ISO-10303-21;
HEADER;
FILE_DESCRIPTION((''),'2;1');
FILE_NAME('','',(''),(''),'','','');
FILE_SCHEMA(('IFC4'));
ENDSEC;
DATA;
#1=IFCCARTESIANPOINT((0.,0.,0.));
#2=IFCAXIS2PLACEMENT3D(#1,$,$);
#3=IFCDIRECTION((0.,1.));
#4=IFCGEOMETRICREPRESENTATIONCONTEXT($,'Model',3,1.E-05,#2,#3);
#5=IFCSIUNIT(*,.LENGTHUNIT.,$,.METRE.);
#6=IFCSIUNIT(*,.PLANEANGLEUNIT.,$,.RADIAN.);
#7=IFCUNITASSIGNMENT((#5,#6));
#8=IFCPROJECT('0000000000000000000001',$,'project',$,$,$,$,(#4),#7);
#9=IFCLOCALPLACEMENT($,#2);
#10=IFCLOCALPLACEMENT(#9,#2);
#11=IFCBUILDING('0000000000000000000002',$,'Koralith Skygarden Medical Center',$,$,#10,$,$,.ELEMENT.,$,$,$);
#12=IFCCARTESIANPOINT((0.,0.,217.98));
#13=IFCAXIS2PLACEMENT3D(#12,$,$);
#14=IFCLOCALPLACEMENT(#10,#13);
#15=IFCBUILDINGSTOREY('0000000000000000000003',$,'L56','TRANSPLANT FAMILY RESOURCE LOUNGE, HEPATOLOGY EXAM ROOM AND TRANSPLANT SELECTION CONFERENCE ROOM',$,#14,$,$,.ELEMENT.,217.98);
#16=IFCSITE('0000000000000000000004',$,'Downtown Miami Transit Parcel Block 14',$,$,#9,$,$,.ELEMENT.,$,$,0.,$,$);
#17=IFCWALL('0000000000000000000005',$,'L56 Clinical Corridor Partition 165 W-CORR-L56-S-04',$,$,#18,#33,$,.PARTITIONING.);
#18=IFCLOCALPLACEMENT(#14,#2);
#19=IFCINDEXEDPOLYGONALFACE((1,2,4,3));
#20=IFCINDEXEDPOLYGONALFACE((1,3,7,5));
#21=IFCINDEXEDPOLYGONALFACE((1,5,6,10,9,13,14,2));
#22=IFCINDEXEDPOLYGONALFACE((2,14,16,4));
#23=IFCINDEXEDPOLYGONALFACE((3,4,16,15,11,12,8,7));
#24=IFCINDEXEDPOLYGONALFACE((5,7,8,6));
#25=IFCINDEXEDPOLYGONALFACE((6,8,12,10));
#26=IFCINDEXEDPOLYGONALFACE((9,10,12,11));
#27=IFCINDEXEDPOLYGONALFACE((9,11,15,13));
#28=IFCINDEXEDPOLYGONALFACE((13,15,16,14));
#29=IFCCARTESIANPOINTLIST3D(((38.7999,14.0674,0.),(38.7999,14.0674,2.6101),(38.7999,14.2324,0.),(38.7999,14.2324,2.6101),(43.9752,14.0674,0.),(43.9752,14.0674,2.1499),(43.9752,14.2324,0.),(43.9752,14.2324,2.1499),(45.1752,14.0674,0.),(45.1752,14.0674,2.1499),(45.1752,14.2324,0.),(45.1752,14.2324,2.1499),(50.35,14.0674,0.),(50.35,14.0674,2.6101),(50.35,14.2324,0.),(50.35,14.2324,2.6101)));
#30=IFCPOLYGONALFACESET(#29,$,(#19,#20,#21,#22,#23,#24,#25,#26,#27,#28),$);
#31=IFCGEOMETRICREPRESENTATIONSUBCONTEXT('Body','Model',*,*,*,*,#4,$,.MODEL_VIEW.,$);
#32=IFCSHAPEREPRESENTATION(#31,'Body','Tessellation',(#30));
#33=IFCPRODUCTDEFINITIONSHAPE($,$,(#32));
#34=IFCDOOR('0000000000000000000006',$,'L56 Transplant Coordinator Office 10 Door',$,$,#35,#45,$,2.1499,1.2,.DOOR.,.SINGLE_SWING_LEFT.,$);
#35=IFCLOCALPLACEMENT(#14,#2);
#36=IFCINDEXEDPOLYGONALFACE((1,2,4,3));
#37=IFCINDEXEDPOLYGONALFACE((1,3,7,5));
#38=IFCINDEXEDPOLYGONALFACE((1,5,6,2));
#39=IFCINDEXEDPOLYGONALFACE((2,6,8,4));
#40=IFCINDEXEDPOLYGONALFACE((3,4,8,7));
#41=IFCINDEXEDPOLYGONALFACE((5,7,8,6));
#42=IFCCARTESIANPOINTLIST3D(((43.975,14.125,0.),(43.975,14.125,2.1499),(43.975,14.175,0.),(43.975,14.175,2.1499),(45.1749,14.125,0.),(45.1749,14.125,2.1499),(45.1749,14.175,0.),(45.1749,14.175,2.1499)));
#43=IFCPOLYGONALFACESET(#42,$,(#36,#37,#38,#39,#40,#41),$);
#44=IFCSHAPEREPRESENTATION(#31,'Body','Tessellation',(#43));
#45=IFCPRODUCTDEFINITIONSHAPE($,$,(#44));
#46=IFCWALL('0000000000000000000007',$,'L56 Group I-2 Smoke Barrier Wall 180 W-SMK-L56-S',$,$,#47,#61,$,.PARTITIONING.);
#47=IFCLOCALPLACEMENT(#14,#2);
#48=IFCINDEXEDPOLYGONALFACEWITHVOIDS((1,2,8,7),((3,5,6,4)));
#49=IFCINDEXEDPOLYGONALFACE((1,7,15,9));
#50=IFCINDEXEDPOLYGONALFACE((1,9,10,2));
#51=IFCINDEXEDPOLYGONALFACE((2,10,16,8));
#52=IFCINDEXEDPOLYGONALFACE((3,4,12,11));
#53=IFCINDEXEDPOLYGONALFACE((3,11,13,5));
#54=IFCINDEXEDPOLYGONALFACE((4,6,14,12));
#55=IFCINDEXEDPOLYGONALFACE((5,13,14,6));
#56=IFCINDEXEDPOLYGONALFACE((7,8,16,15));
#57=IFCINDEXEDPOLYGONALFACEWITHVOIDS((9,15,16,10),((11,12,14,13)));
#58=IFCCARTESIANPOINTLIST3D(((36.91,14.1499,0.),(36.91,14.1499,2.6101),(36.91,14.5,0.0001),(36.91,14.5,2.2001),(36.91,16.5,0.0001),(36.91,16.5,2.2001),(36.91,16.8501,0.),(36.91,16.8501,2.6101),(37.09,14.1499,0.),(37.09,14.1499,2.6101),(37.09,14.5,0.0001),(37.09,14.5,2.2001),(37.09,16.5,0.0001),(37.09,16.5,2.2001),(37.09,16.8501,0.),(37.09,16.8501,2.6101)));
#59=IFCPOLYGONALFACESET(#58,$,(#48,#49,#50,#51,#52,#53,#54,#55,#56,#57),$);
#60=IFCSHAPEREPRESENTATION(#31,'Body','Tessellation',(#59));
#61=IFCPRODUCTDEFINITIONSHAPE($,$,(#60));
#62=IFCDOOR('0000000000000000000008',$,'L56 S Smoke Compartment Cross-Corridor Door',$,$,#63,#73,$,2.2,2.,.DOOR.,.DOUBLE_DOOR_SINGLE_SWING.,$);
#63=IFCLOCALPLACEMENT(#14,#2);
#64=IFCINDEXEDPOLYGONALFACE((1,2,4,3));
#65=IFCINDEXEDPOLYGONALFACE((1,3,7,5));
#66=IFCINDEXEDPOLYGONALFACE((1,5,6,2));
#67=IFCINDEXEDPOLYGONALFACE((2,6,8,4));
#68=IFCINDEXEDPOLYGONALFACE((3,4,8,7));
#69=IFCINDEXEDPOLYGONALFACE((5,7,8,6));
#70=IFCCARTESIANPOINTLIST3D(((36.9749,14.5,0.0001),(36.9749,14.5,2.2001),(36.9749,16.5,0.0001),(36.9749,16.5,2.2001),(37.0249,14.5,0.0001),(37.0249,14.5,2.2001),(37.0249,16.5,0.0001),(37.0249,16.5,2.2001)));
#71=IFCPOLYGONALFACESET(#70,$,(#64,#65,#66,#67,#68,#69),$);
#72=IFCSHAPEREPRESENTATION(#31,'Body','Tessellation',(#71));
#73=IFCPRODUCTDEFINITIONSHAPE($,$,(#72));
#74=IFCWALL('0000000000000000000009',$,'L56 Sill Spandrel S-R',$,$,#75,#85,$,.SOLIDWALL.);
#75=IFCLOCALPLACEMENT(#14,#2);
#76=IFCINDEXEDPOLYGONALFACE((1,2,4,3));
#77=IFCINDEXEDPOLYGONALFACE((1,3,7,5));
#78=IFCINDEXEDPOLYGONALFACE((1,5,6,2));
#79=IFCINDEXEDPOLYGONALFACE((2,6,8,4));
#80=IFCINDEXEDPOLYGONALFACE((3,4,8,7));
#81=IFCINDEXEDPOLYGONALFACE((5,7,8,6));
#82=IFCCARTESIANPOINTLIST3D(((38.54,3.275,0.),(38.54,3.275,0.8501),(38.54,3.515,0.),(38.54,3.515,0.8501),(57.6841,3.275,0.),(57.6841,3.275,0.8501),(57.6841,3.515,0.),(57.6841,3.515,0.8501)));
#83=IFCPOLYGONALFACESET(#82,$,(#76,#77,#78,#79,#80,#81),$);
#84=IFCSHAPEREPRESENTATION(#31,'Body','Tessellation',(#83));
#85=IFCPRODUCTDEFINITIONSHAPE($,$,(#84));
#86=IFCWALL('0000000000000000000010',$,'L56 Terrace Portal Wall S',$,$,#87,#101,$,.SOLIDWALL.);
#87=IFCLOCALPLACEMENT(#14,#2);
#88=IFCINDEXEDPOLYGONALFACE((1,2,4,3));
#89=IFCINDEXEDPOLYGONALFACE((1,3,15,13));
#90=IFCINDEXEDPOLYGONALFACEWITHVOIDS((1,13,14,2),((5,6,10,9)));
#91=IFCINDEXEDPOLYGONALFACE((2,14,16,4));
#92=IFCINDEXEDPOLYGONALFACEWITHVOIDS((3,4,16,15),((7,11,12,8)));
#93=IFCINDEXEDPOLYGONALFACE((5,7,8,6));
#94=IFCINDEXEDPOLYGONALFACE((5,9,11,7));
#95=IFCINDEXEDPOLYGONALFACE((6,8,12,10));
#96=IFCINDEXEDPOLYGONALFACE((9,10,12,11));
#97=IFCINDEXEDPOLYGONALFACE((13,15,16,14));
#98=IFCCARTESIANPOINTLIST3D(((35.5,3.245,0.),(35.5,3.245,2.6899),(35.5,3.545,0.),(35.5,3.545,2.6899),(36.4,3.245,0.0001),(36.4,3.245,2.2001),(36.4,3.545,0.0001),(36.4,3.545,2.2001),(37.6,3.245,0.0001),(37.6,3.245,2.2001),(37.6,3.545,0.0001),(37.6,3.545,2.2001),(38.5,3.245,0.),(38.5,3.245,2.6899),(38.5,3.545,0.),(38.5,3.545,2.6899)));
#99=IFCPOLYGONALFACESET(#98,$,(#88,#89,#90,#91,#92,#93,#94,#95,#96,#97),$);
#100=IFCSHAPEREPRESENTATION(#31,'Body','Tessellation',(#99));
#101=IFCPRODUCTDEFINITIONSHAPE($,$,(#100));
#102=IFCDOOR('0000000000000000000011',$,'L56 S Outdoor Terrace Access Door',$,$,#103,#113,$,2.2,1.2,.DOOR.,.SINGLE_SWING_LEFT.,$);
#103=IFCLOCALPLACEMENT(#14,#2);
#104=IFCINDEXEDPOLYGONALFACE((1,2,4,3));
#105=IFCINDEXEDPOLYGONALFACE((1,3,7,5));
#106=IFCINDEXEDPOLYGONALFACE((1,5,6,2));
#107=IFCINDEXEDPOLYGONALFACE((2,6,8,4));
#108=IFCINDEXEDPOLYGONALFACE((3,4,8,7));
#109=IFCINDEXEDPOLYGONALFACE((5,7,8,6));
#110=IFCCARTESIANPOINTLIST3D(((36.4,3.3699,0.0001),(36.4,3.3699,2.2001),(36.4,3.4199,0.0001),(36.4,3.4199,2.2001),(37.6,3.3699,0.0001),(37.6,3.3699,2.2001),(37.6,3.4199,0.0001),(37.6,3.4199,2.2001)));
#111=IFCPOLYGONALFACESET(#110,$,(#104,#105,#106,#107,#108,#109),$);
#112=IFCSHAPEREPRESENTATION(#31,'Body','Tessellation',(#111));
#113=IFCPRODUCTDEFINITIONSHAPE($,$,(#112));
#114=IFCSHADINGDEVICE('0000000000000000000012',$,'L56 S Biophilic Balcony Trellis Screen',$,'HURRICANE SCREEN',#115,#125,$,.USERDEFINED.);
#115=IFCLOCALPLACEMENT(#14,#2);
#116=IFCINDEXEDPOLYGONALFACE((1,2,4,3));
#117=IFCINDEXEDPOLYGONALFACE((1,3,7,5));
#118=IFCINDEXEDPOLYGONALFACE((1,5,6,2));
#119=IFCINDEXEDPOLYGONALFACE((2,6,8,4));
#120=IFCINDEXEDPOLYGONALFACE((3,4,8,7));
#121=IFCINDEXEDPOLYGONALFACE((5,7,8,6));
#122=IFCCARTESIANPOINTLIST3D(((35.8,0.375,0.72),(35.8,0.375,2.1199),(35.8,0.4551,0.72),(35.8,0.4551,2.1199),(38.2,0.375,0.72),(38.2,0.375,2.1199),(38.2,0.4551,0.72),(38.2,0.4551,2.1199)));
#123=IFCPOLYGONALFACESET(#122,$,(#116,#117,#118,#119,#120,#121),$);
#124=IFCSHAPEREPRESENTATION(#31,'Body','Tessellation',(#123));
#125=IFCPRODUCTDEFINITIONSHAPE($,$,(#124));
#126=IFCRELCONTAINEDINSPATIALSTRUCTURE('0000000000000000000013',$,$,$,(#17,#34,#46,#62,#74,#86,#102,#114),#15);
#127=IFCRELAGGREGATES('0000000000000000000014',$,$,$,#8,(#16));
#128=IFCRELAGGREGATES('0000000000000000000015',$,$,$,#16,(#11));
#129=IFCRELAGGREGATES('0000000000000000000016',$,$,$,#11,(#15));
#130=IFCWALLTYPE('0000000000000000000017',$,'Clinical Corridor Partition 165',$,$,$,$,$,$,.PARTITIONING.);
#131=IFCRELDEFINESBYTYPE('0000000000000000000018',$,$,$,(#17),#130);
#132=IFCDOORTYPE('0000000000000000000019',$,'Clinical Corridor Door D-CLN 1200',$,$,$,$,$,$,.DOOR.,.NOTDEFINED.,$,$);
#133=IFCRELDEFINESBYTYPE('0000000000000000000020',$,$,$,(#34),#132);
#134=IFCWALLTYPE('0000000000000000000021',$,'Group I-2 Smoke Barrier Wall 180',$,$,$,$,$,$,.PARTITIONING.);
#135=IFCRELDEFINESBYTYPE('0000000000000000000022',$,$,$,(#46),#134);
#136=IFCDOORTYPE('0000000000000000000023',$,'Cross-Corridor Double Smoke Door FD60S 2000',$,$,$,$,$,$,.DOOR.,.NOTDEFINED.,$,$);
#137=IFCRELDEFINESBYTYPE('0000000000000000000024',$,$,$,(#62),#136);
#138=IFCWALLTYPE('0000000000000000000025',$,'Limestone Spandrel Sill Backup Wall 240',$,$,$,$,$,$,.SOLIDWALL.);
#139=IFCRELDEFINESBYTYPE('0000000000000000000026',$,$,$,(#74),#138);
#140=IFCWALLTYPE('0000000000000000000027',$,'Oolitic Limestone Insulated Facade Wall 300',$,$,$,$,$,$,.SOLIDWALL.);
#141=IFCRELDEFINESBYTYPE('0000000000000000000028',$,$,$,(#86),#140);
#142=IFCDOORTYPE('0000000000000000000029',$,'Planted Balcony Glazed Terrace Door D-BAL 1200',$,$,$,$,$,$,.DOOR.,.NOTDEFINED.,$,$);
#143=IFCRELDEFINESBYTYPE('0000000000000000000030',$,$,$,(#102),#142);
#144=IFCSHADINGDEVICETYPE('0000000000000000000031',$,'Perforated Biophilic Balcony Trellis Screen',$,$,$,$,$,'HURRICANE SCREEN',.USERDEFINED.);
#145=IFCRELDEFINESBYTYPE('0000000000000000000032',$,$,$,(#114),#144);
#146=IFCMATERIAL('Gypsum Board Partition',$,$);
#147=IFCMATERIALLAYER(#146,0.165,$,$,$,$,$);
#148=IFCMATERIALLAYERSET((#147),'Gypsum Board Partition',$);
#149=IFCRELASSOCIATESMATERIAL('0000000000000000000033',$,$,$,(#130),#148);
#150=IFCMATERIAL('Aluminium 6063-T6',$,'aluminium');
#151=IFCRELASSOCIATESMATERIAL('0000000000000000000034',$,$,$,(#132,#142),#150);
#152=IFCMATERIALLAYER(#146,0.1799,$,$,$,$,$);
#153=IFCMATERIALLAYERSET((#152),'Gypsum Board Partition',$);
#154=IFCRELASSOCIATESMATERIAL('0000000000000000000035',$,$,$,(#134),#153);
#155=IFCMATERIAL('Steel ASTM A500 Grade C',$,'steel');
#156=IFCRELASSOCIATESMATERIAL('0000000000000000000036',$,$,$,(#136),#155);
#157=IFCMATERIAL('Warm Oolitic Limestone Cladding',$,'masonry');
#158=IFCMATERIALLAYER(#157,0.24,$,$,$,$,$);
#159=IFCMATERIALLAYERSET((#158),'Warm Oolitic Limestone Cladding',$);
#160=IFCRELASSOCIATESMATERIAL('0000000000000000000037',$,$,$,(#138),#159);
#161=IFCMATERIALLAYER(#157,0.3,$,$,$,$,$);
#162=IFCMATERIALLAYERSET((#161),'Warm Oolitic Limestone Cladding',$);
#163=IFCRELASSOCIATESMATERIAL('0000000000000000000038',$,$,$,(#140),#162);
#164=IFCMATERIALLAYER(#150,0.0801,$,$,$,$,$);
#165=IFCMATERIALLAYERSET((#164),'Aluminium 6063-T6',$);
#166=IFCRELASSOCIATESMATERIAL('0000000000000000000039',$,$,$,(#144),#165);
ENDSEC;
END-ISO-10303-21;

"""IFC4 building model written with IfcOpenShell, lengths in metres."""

from ifc_helpers import new_model, si_unit, direction, frame, frame_2d, origin, origin_2d, place, context, subcontext, project, spatial, rectangle, extrude, material, layer, layer_set, type_object, element, fill, save


model = new_model("IFC4")

# Units and contexts
model_context = context("Model", 3, precision=1e-05, world=origin(), true_north=direction((0.0, 1.0)))
body_context = subcontext(model_context, "Body", "Model", "MODEL_VIEW")
ifc_project = project(units=[si_unit("LENGTHUNIT", "METRE"), si_unit("PLANEANGLEUNIT", "RADIAN")], contexts=[model_context])

# Site, building, storey
site_placement = place(None, origin())
site = spatial("IfcSite", under=ifc_project, at=site_placement, Name="Downtown Miami Transit Parcel Block 14", CompositionType="ELEMENT", RefElevation=0.0)
building_placement = place(site_placement, origin())
building = spatial("IfcBuilding", under=site, at=building_placement, Name="Koralith Skygarden Medical Center", CompositionType="ELEMENT")
storey_placement = place(building_placement, frame((0.0, 0.0, 217.98)))
storey = spatial("IfcBuildingStorey", under=building, at=storey_placement, Name="L56", Description="TRANSPLANT FAMILY RESOURCE LOUNGE, HEPATOLOGY EXAM ROOM AND TRANSPLANT SELECTION CONFERENCE ROOM", CompositionType="ELEMENT", Elevation=217.98)

# Shared definitions
ifc_material_1 = material(Name="Aluminium 6063-T6", Category="aluminium")

# Shared definitions
ifc_material_2 = material(Name="Gypsum Board Partition")

# Walls, openings, doors
ifc_layer_1 = layer(ifc_material_2, 0.165)
ifc_layer_set_1 = layer_set([ifc_layer_1], Name="Gypsum Board Partition")
wall_type_1 = type_object("IfcWallType", Name="Clinical Corridor Partition 165", PredefinedType="PARTITIONING", material=ifc_layer_set_1)
wall_1_placement = place(storey_placement, frame((38.8, 14.1499, 0.0), z_axis=(0.0, 0.0, 1.0), x_axis=(1.0, 0.0, 0.0)))
wall_1 = element("IfcWall", 1, at=wall_1_placement, inside=storey, type_object=wall_type_1, Name="L56 Clinical Corridor Partition 165 W-CORR-L56-S-04", PredefinedType="PARTITIONING", context=body_context, shape_type="SweptSolid", body=[
    extrude(rectangle(XDim=11.55, YDim=0.165, at=frame_2d((5.7749, 0.0))), origin(), (0.0, 0.0, 1.0), 2.6101),
])
opening_1_placement = place(wall_1_placement, frame((5.175, 0.0, 0.0)))
opening_1 = element("IfcOpeningElement", 2, at=opening_1_placement, cuts=wall_1, PredefinedType="OPENING", context=body_context, shape_type="SweptSolid", body=[
    extrude(rectangle(XDim=1.2, YDim=2.1499, at=frame_2d((0.6001, 1.075))), frame((0.0, 0.0925, 0.0), z_axis=(0.0, -1.0, 0.0), x_axis=(1.0, 0.0, 0.0)), (0.0, 0.0, 1.0), 0.1851),
])
door_type_1 = type_object("IfcDoorType", Name="Clinical Corridor Door D-CLN 1200", OperationType="NOTDEFINED", PredefinedType="DOOR", material=ifc_material_1)
door_1_placement = place(opening_1_placement, frame((1.2, 0.0, 0.0), z_axis=(0.0, 0.0, 1.0), x_axis=(-1.0, 0.0, 0.0)))
door_1 = element("IfcDoor", 3, at=door_1_placement, inside=storey, type_object=door_type_1, Name="L56 Transplant Coordinator Office 10 Door", OperationType="SINGLE_SWING_LEFT", OverallHeight=2.1499, OverallWidth=1.2, PredefinedType="DOOR", context=body_context, shape_type="SweptSolid", body=[
    extrude(rectangle(XDim=1.2, YDim=2.1499, at=frame_2d((0.6001, 1.075))), frame((0.0, 0.0249, 0.0), z_axis=(0.0, -1.0, 0.0), x_axis=(1.0, 0.0, 0.0)), (0.0, 0.0, 1.0), 0.05),
])
fill(opening_1, door_1)
ifc_layer_2 = layer(ifc_material_2, 0.1799)
ifc_layer_set_2 = layer_set([ifc_layer_2], Name="Gypsum Board Partition")
wall_type_2 = type_object("IfcWallType", Name="Group I-2 Smoke Barrier Wall 180", PredefinedType="PARTITIONING", material=ifc_layer_set_2)
wall_2_placement = place(storey_placement, frame((37.0, 14.1499, 0.0), z_axis=(0.0, 0.0, 1.0), x_axis=(0.0, 1.0, 0.0)))
wall_2 = element("IfcWall", 4, at=wall_2_placement, inside=storey, type_object=wall_type_2, Name="L56 Group I-2 Smoke Barrier Wall 180 W-SMK-L56-S", PredefinedType="PARTITIONING", context=body_context, shape_type="SweptSolid", body=[
    extrude(rectangle(XDim=2.7002, YDim=0.1799, at=frame_2d((1.3501, 0.0))), origin(), (0.0, 0.0, 1.0), 2.6101),
])
opening_2_placement = place(wall_2_placement, frame((0.3501, 0.0, 0.0)))
opening_2 = element("IfcOpeningElement", 5, at=opening_2_placement, cuts=wall_2, PredefinedType="OPENING", context=body_context, shape_type="SweptSolid", body=[
    extrude(rectangle(XDim=2.0, YDim=2.2, at=frame_2d((1.0, 1.1001))), frame((0.0, 0.0999, 0.0), z_axis=(0.0, -1.0, 0.0), x_axis=(1.0, 0.0, 0.0)), (0.0, 0.0, 1.0), 0.2),
])
ifc_material_3 = material(Name="Steel ASTM A500 Grade C", Category="steel")
door_type_2 = type_object("IfcDoorType", Name="Cross-Corridor Double Smoke Door FD60S 2000", OperationType="NOTDEFINED", PredefinedType="DOOR", material=ifc_material_3)
door_2_placement = place(opening_2_placement, frame((2.0, 0.0, 0.0), z_axis=(0.0, 0.0, 1.0), x_axis=(-1.0, 0.0, 0.0)))
door_2 = element("IfcDoor", 6, at=door_2_placement, inside=storey, type_object=door_type_2, Name="L56 S Smoke Compartment Cross-Corridor Door", OperationType="DOUBLE_DOOR_SINGLE_SWING", OverallHeight=2.2, OverallWidth=2.0, PredefinedType="DOOR", context=body_context, shape_type="SweptSolid", body=[
    extrude(rectangle(XDim=2.0, YDim=2.2, at=frame_2d((1.0, 1.1001))), frame((0.0, 0.0249, 0.0), z_axis=(0.0, -1.0, 0.0), x_axis=(1.0, 0.0, 0.0)), (0.0, 0.0, 1.0), 0.05),
])
fill(opening_2, door_2)

# Wall
ifc_material_4 = material(Name="Warm Oolitic Limestone Cladding", Category="masonry")
ifc_layer_3 = layer(ifc_material_4, 0.24)
ifc_layer_set_3 = layer_set([ifc_layer_3], Name="Warm Oolitic Limestone Cladding")
wall_type_3 = type_object("IfcWallType", Name="Limestone Spandrel Sill Backup Wall 240", PredefinedType="SOLIDWALL", material=ifc_layer_set_3)
wall_3_placement = place(storey_placement, frame((38.54, 3.395, 0.0), z_axis=(0.0, 0.0, 1.0), x_axis=(1.0, 0.0, 0.0)))
element("IfcWall", 7, at=wall_3_placement, inside=storey, type_object=wall_type_3, Name="L56 Sill Spandrel S-R", PredefinedType="SOLIDWALL", context=body_context, shape_type="SweptSolid", body=[
    extrude(rectangle(XDim=19.144, YDim=0.24, at=frame_2d((9.572, 0.0))), origin(), (0.0, 0.0, 1.0), 0.8501),
])

# Wall, opening, door
ifc_layer_4 = layer(ifc_material_4, 0.3)
ifc_layer_set_4 = layer_set([ifc_layer_4], Name="Warm Oolitic Limestone Cladding")
wall_type_4 = type_object("IfcWallType", Name="Oolitic Limestone Insulated Facade Wall 300", PredefinedType="SOLIDWALL", material=ifc_layer_set_4)
wall_4_placement = place(storey_placement, frame((35.5, 3.395, 0.0), z_axis=(0.0, 0.0, 1.0), x_axis=(1.0, 0.0, 0.0)))
wall_4 = element("IfcWall", 8, at=wall_4_placement, inside=storey, type_object=wall_type_4, Name="L56 Terrace Portal Wall S", PredefinedType="SOLIDWALL", context=body_context, shape_type="SweptSolid", body=[
    extrude(rectangle(XDim=3.0, YDim=0.3, at=frame_2d((1.5, 0.0))), origin(), (0.0, 0.0, 1.0), 2.6899),
])
opening_3_placement = place(wall_4_placement, frame((0.8999, 0.0, 0.0)))
opening_3 = element("IfcOpeningElement", 9, at=opening_3_placement, cuts=wall_4, PredefinedType="OPENING", context=body_context, shape_type="SweptSolid", body=[
    extrude(rectangle(XDim=1.2, YDim=2.2, at=frame_2d((0.6001, 1.1001))), frame((0.0, 0.1599, 0.0), z_axis=(0.0, -1.0, 0.0), x_axis=(1.0, 0.0, 0.0)), (0.0, 0.0, 1.0), 0.3201),
])
door_type_3 = type_object("IfcDoorType", Name="Planted Balcony Glazed Terrace Door D-BAL 1200", OperationType="NOTDEFINED", PredefinedType="DOOR", material=ifc_material_1)
door_3_placement = place(opening_3_placement, origin())
door_3 = element("IfcDoor", 10, at=door_3_placement, inside=storey, type_object=door_type_3, Name="L56 S Outdoor Terrace Access Door", OperationType="SINGLE_SWING_LEFT", OverallHeight=2.2, OverallWidth=1.2, PredefinedType="DOOR", context=body_context, shape_type="SweptSolid", body=[
    extrude(rectangle(XDim=1.2, YDim=2.2, at=frame_2d((0.6001, 1.1001))), frame((0.0, 0.0249, 0.0), z_axis=(0.0, -1.0, 0.0), x_axis=(1.0, 0.0, 0.0)), (0.0, 0.0, 1.0), 0.05),
])
fill(opening_3, door_3)

# Shading device
ifc_layer_5 = layer(ifc_material_1, 0.0801)
ifc_layer_set_5 = layer_set([ifc_layer_5], Name="Aluminium 6063-T6")
shading_device_type = type_object("IfcShadingDeviceType", Name="Perforated Biophilic Balcony Trellis Screen", ElementType="HURRICANE SCREEN", PredefinedType="USERDEFINED", material=ifc_layer_set_5)
shading_device_placement = place(storey_placement, frame((37.0, 0.415, 0.72), z_axis=(0.0, 0.0, 1.0), x_axis=(1.0, 0.0, 0.0)))
element("IfcShadingDevice", 11, at=shading_device_placement, inside=storey, type_object=shading_device_type, Name="L56 S Biophilic Balcony Trellis Screen", ObjectType="HURRICANE SCREEN", PredefinedType="USERDEFINED", context=body_context, shape_type="SweptSolid", body=[
    extrude(rectangle(XDim=2.3999, YDim=0.0801, at=origin_2d()), origin(), (0.0, 0.0, 1.0), 1.3999),
])

save(model, "model.ifc")
